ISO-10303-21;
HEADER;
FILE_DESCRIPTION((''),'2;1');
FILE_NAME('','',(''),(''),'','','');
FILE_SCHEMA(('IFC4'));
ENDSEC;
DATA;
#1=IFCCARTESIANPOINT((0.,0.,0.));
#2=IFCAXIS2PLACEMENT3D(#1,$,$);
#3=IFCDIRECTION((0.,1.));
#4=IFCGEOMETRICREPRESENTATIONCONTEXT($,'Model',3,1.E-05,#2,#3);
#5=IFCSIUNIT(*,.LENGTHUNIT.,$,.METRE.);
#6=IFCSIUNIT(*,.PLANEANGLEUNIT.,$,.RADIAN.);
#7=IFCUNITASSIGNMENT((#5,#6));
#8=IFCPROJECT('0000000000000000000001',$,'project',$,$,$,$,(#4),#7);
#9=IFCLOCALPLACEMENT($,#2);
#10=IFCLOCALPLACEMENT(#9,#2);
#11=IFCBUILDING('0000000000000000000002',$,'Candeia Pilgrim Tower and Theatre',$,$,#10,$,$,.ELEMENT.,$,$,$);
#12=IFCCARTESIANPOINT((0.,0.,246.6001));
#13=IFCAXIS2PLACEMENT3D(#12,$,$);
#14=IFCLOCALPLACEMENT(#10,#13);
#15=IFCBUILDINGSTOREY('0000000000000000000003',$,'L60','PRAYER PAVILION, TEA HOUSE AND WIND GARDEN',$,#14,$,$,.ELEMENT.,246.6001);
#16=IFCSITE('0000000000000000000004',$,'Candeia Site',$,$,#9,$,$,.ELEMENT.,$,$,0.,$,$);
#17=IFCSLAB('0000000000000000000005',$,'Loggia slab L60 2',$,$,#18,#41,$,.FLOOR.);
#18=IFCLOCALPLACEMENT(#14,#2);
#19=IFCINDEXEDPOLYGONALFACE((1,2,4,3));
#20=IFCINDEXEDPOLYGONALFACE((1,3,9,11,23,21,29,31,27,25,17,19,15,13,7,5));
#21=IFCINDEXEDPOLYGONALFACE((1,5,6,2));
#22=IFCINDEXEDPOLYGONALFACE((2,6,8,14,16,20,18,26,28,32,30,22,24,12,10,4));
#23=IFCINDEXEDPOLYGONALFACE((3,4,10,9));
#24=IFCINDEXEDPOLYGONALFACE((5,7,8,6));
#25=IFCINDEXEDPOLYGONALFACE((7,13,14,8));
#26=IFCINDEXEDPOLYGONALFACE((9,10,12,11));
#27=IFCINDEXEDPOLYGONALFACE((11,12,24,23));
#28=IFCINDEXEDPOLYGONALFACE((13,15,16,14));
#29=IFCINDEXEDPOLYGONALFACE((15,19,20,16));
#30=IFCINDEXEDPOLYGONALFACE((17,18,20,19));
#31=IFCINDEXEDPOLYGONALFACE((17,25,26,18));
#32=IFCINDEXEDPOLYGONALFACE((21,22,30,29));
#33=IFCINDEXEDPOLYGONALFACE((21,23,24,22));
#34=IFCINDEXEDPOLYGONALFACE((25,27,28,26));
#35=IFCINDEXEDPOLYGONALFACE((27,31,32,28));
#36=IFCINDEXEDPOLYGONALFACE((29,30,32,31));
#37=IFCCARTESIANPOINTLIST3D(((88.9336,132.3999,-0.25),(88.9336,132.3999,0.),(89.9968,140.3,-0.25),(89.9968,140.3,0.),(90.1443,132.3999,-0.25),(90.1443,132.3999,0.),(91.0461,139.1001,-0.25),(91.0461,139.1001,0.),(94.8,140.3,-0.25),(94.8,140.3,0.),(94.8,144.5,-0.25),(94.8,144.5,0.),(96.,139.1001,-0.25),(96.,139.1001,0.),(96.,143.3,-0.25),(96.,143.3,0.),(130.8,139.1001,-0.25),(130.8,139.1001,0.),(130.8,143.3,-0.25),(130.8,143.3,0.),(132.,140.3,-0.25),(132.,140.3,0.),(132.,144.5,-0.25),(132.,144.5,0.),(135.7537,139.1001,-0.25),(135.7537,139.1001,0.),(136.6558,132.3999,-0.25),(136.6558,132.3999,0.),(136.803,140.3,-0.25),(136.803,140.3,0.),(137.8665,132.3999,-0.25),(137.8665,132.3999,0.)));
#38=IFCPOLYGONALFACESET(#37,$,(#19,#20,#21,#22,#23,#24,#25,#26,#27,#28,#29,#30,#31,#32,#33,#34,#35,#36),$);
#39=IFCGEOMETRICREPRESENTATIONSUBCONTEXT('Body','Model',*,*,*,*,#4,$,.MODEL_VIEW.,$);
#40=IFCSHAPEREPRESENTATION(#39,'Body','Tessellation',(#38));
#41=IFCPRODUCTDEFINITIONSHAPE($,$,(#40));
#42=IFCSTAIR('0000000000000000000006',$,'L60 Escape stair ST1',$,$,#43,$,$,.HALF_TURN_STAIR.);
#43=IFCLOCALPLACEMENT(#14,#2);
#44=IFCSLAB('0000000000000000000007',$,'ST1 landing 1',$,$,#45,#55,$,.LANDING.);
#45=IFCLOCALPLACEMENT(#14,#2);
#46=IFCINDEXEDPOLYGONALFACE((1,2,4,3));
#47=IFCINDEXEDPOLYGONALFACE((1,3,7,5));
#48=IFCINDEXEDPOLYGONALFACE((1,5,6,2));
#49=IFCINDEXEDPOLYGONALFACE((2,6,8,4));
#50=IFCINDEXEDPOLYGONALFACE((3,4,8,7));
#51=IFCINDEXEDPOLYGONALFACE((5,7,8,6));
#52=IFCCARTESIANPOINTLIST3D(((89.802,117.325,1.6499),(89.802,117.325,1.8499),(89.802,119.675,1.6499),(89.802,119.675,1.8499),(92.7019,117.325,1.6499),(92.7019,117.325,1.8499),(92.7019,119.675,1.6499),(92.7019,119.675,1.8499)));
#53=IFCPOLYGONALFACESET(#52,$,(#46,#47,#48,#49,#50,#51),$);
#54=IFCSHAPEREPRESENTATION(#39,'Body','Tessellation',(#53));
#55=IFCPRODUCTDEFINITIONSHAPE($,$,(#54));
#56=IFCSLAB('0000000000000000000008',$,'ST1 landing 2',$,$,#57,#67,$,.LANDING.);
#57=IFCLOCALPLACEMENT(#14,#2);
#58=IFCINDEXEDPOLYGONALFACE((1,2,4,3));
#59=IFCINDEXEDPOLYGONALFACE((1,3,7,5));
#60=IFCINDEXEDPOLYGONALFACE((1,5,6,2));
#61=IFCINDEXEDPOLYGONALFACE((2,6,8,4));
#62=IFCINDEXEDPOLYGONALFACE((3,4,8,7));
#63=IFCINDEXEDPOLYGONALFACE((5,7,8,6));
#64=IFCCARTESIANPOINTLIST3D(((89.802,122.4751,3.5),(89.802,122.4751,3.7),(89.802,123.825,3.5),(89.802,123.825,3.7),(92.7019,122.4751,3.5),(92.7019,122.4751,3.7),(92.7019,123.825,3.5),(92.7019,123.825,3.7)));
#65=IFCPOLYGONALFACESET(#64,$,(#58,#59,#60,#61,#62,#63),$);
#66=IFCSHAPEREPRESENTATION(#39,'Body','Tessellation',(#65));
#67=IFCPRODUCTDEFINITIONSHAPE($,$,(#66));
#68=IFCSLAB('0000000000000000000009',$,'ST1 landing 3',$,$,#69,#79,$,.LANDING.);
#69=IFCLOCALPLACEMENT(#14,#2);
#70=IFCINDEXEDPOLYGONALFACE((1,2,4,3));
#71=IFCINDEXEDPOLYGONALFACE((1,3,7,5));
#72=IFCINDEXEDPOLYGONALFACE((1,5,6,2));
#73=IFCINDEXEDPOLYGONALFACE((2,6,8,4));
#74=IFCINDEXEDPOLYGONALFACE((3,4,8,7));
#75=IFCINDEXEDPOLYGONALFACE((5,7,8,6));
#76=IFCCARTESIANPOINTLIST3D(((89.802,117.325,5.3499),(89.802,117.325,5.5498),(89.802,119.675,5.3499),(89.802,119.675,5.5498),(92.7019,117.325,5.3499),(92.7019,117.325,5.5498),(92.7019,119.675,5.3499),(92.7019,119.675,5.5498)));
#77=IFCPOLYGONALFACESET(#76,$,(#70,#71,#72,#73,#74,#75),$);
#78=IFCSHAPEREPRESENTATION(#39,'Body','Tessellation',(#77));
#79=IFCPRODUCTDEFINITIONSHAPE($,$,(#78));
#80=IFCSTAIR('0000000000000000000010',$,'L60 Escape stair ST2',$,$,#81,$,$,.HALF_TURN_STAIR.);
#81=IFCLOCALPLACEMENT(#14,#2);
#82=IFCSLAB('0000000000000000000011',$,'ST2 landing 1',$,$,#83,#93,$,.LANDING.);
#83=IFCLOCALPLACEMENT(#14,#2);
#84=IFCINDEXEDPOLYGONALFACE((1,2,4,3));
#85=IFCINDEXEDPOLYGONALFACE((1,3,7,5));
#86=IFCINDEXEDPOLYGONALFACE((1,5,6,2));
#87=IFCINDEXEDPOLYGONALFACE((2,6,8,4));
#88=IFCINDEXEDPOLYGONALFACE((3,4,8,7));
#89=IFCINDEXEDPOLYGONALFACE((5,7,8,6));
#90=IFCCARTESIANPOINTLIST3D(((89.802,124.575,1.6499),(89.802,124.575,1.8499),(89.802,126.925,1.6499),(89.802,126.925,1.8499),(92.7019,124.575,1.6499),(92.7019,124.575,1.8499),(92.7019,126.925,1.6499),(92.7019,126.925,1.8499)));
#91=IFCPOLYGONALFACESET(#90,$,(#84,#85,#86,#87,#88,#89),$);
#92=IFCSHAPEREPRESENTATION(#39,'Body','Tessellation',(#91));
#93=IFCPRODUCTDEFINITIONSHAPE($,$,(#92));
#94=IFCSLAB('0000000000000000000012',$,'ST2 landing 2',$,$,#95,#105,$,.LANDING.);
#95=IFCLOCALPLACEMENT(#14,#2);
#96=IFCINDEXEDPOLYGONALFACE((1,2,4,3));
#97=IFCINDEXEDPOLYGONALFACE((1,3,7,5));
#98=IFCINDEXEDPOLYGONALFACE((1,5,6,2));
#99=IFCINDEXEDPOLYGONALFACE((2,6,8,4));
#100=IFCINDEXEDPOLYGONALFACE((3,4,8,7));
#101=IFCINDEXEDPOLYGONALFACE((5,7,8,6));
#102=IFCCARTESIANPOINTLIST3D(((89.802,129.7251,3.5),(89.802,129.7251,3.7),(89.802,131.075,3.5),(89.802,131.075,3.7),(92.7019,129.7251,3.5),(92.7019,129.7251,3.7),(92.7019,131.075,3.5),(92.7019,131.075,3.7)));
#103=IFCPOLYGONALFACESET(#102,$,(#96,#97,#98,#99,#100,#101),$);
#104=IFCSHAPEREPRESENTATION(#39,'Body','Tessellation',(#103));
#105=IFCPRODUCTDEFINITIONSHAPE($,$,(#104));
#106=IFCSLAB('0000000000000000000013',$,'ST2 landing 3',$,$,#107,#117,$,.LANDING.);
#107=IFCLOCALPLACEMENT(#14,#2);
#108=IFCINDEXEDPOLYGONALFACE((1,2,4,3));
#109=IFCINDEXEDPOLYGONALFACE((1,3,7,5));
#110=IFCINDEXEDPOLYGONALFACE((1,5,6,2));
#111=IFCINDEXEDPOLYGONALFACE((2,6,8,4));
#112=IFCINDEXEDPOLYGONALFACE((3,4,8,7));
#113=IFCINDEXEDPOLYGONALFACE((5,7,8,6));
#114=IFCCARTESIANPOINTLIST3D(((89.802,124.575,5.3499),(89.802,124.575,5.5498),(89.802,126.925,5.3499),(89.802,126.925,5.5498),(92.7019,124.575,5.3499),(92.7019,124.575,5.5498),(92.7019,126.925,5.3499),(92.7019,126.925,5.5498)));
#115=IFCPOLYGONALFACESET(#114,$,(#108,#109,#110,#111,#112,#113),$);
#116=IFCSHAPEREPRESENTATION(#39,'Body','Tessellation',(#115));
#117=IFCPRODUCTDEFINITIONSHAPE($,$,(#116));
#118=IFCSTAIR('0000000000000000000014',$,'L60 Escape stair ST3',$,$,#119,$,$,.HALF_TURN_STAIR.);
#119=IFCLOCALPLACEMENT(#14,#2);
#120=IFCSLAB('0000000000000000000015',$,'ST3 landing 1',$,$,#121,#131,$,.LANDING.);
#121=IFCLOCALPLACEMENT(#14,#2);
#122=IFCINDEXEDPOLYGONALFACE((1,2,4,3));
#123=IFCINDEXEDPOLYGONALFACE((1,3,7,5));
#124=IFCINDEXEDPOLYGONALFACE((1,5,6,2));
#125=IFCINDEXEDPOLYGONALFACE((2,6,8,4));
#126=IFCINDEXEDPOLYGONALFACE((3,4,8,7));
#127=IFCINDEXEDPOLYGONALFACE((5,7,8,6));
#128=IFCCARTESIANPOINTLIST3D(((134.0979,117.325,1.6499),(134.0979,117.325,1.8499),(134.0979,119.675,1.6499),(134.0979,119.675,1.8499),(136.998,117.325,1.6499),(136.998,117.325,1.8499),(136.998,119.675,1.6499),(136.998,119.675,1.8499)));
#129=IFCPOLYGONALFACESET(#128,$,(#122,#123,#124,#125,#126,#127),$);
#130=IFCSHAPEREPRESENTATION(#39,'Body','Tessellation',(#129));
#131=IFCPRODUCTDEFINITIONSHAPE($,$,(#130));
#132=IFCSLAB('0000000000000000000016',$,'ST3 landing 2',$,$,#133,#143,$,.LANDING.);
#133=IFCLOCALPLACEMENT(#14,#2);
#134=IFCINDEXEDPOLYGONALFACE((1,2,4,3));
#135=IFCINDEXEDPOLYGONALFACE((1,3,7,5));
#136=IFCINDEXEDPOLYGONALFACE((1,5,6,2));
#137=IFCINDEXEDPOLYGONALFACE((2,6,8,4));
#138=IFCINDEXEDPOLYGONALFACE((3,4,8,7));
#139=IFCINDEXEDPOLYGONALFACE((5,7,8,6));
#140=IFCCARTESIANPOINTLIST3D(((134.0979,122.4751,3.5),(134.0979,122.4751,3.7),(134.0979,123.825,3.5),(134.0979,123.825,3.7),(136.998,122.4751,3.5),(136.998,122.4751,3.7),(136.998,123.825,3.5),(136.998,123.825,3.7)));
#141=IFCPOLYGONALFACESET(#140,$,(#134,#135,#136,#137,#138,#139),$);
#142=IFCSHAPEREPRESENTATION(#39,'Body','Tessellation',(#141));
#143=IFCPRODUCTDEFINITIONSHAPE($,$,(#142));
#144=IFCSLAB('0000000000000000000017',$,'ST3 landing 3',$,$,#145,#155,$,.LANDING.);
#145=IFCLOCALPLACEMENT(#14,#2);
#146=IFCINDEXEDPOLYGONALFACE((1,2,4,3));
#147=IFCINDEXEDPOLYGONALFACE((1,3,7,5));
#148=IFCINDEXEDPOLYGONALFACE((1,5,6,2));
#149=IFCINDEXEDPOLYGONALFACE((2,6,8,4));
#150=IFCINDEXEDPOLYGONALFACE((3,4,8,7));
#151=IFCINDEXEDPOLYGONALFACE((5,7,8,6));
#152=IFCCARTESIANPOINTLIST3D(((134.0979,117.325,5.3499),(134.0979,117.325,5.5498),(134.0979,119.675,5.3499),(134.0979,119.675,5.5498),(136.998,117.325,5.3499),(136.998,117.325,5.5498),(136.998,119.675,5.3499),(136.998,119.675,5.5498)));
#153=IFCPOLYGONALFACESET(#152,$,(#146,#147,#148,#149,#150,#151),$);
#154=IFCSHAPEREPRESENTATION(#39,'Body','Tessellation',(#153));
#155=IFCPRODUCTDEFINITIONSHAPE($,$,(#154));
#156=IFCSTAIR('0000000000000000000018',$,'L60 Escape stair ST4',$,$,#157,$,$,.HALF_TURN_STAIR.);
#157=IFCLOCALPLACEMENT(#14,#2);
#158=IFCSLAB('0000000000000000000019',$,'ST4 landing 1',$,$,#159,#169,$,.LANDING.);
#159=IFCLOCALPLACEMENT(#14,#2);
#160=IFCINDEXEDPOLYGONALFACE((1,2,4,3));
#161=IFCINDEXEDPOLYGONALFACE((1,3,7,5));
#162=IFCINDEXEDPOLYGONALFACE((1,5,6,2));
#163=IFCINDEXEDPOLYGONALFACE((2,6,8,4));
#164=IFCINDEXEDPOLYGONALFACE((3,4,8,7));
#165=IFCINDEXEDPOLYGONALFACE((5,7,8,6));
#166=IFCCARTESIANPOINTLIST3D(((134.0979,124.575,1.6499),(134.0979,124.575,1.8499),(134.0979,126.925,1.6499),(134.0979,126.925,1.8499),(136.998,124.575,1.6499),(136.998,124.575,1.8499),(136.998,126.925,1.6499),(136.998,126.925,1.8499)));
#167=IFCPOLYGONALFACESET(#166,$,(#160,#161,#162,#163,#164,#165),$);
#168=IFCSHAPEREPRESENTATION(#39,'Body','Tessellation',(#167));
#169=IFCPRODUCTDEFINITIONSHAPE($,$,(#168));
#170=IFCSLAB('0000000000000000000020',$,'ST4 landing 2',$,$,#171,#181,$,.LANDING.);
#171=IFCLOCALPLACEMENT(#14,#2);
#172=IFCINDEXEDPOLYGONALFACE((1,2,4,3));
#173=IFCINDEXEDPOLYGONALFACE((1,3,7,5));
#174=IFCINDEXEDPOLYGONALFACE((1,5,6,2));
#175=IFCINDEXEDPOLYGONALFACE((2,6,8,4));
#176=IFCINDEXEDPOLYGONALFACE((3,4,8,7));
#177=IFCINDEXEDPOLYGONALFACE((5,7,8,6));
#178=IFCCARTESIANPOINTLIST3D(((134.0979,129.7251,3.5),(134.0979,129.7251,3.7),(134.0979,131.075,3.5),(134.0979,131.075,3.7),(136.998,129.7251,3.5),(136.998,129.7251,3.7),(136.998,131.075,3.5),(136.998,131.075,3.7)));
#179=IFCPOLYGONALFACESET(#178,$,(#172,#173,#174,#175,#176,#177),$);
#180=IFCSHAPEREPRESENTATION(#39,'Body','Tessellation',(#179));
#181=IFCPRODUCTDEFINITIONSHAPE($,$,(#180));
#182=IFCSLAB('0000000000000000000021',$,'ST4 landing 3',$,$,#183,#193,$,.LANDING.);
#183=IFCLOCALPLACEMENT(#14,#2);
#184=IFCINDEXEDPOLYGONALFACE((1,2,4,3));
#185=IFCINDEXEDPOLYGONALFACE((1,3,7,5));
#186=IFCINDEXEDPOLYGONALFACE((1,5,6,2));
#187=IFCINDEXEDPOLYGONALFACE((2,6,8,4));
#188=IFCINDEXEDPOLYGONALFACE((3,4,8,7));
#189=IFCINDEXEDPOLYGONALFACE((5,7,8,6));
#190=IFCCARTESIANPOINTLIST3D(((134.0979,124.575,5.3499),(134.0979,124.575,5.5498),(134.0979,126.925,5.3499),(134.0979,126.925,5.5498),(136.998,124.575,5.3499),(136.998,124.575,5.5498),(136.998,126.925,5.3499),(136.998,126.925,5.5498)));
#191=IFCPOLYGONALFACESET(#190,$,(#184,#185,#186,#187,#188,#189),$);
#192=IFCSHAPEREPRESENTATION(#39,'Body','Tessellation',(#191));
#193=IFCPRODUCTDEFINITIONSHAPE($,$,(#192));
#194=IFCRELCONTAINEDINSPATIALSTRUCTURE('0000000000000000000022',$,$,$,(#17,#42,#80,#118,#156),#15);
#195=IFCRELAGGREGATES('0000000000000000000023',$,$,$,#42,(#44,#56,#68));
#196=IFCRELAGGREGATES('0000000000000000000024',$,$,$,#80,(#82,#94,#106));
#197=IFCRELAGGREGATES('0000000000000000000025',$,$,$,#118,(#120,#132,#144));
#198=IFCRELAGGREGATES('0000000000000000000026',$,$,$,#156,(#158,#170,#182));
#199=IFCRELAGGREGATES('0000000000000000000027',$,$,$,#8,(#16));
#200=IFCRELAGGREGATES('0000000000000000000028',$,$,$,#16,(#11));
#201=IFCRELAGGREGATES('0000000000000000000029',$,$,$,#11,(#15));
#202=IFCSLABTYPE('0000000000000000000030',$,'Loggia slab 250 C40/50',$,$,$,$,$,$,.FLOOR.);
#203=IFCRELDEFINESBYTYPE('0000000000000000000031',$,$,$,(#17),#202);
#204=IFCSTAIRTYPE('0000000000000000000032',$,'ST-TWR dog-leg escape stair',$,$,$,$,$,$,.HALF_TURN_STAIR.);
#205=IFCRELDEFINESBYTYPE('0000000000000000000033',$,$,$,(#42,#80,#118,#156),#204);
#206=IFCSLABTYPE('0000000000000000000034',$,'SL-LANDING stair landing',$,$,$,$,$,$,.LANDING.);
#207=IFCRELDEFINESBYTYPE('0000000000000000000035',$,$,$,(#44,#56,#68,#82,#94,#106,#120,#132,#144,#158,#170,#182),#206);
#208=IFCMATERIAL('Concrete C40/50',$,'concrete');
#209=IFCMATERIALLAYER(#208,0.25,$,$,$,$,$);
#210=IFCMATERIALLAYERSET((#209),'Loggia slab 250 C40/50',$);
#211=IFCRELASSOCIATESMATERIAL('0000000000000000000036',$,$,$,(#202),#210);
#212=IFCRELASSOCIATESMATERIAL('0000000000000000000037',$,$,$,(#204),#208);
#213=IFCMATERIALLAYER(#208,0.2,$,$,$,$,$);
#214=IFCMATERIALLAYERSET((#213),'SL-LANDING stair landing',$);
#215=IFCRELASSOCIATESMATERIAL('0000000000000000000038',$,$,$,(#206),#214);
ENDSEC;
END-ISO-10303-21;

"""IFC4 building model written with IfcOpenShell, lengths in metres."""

from ifc_helpers import new_model, si_unit, direction, frame, origin, place, context, subcontext, project, spatial, polyline, outline, extrude, material, layer, layer_set, type_object, element, aggregate, save


model = new_model("IFC4")

# Units and contexts
model_context = context("Model", 3, precision=1e-05, world=origin(), true_north=direction((0.0, 1.0)))
body_context = subcontext(model_context, "Body", "Model", "MODEL_VIEW")
ifc_project = project(units=[si_unit("LENGTHUNIT", "METRE"), si_unit("PLANEANGLEUNIT", "RADIAN")], contexts=[model_context])

# Site, building, storey
site_placement = place(None, origin())
site = spatial("IfcSite", under=ifc_project, at=site_placement, Name="Candeia Site", CompositionType="ELEMENT", RefElevation=0.0)
building_placement = place(site_placement, origin())
building = spatial("IfcBuilding", under=site, at=building_placement, Name="Candeia Pilgrim Tower and Theatre", CompositionType="ELEMENT")
storey_placement = place(building_placement, frame((0.0, 0.0, 246.6001)))
storey = spatial("IfcBuildingStorey", under=building, at=storey_placement, Name="L60", Description="PRAYER PAVILION, TEA HOUSE AND WIND GARDEN", CompositionType="ELEMENT", Elevation=246.6001)

# Slab
ifc_material_1 = material(Name="Concrete C40/50", Category="concrete")
ifc_layer_1 = layer(ifc_material_1, 0.25)
ifc_layer_set_1 = layer_set([ifc_layer_1], Name="Loggia slab 250 C40/50")
slab_type_1 = type_object("IfcSlabType", Name="Loggia slab 250 C40/50", PredefinedType="FLOOR", material=ifc_layer_set_1)
slab_1_placement = place(storey_placement, frame((0.0, 0.0, -0.25)))
element("IfcSlab", 1, at=slab_1_placement, inside=storey, type_object=slab_type_1, Name="Loggia slab L60 2", PredefinedType="FLOOR", context=body_context, shape_type="SweptSolid", body=[
    extrude(outline(polyline([(136.6558, 132.3999), (135.7537, 139.1001), (130.8, 139.1001), (130.8, 143.3), (96.0, 143.3), (96.0, 139.1001), (91.0461, 139.1001), (90.1443, 132.3999), (88.9336, 132.3999), (89.9968, 140.3), (94.8, 140.3), (94.8, 144.5), (132.0, 144.5), (132.0, 140.3), (136.803, 140.3), (137.8665, 132.3999), (136.6558, 132.3999)])), origin(), (0.0, 0.0, 1.0), 0.25),
])

# Stairs, slabs
stair_type = type_object("IfcStairType", Name="ST-TWR dog-leg escape stair", PredefinedType="HALF_TURN_STAIR", material=ifc_material_1)
stair_1_placement = place(storey_placement, origin())
stair_1 = element("IfcStair", 2, at=stair_1_placement, inside=storey, type_object=stair_type, Name="L60 Escape stair ST1", PredefinedType="HALF_TURN_STAIR")
ifc_layer_2 = layer(ifc_material_1, 0.2)
ifc_layer_set_2 = layer_set([ifc_layer_2], Name="SL-LANDING stair landing")
slab_type_2 = type_object("IfcSlabType", Name="SL-LANDING stair landing", PredefinedType="LANDING", material=ifc_layer_set_2)
slab_2_placement = place(storey_placement, frame((0.0, 0.0, 1.6499)))
slab_2 = element("IfcSlab", 3, at=slab_2_placement, type_object=slab_type_2, Name="ST1 landing 1", PredefinedType="LANDING", context=body_context, shape_type="SweptSolid", body=[
    extrude(outline(polyline([(89.802, 119.675), (89.802, 117.325), (92.7019, 117.325), (92.7019, 119.675), (89.802, 119.675)])), origin(), (0.0, 0.0, 1.0), 0.2),
])
slab_3_placement = place(storey_placement, frame((0.0, 0.0, 3.5)))
slab_3 = element("IfcSlab", 4, at=slab_3_placement, type_object=slab_type_2, Name="ST1 landing 2", PredefinedType="LANDING", context=body_context, shape_type="SweptSolid", body=[
    extrude(outline(polyline([(89.802, 123.825), (89.802, 122.4751), (92.7019, 122.4751), (92.7019, 123.825), (89.802, 123.825)])), origin(), (0.0, 0.0, 1.0), 0.2),
])
slab_4_placement = place(storey_placement, frame((0.0, 0.0, 5.3499)))
slab_4 = element("IfcSlab", 5, at=slab_4_placement, type_object=slab_type_2, Name="ST1 landing 3", PredefinedType="LANDING", context=body_context, shape_type="SweptSolid", body=[
    extrude(outline(polyline([(89.802, 119.675), (89.802, 117.325), (92.7019, 117.325), (92.7019, 119.675), (89.802, 119.675)])), origin(), (0.0, 0.0, 1.0), 0.2),
])
aggregate(stair_1, [slab_2, slab_3, slab_4])
stair_2_placement = place(storey_placement, origin())
stair_2 = element("IfcStair", 6, at=stair_2_placement, inside=storey, type_object=stair_type, Name="L60 Escape stair ST2", PredefinedType="HALF_TURN_STAIR")
slab_5_placement = place(storey_placement, frame((0.0, 0.0, 1.6499)))
slab_5 = element("IfcSlab", 7, at=slab_5_placement, type_object=slab_type_2, Name="ST2 landing 1", PredefinedType="LANDING", context=body_context, shape_type="SweptSolid", body=[
    extrude(outline(polyline([(89.802, 126.925), (89.802, 124.575), (92.7019, 124.575), (92.7019, 126.925), (89.802, 126.925)])), origin(), (0.0, 0.0, 1.0), 0.2),
])
slab_6_placement = place(storey_placement, frame((0.0, 0.0, 3.5)))
slab_6 = element("IfcSlab", 8, at=slab_6_placement, type_object=slab_type_2, Name="ST2 landing 2", PredefinedType="LANDING", context=body_context, shape_type="SweptSolid", body=[
    extrude(outline(polyline([(89.802, 131.075), (89.802, 129.7251), (92.7019, 129.7251), (92.7019, 131.075), (89.802, 131.075)])), origin(), (0.0, 0.0, 1.0), 0.2),
])
slab_7_placement = place(storey_placement, frame((0.0, 0.0, 5.3499)))
slab_7 = element("IfcSlab", 9, at=slab_7_placement, type_object=slab_type_2, Name="ST2 landing 3", PredefinedType="LANDING", context=body_context, shape_type="SweptSolid", body=[
    extrude(outline(polyline([(89.802, 126.925), (89.802, 124.575), (92.7019, 124.575), (92.7019, 126.925), (89.802, 126.925)])), origin(), (0.0, 0.0, 1.0), 0.2),
])
aggregate(stair_2, [slab_5, slab_6, slab_7])
stair_3_placement = place(storey_placement, origin())
stair_3 = element("IfcStair", 10, at=stair_3_placement, inside=storey, type_object=stair_type, Name="L60 Escape stair ST3", PredefinedType="HALF_TURN_STAIR")
slab_8_placement = place(storey_placement, frame((0.0, 0.0, 1.6499)))
slab_8 = element("IfcSlab", 11, at=slab_8_placement, type_object=slab_type_2, Name="ST3 landing 1", PredefinedType="LANDING", context=body_context, shape_type="SweptSolid", body=[
    extrude(outline(polyline([(134.0979, 119.675), (134.0979, 117.325), (136.998, 117.325), (136.998, 119.675), (134.0979, 119.675)])), origin(), (0.0, 0.0, 1.0), 0.2),
])
slab_9_placement = place(storey_placement, frame((0.0, 0.0, 3.5)))
slab_9 = element("IfcSlab", 12, at=slab_9_placement, type_object=slab_type_2, Name="ST3 landing 2", PredefinedType="LANDING", context=body_context, shape_type="SweptSolid", body=[
    extrude(outline(polyline([(134.0979, 123.825), (134.0979, 122.4751), (136.998, 122.4751), (136.998, 123.825), (134.0979, 123.825)])), origin(), (0.0, 0.0, 1.0), 0.2),
])
slab_10_placement = place(storey_placement, frame((0.0, 0.0, 5.3499)))
slab_10 = element("IfcSlab", 13, at=slab_10_placement, type_object=slab_type_2, Name="ST3 landing 3", PredefinedType="LANDING", context=body_context, shape_type="SweptSolid", body=[
    extrude(outline(polyline([(134.0979, 119.675), (134.0979, 117.325), (136.998, 117.325), (136.998, 119.675), (134.0979, 119.675)])), origin(), (0.0, 0.0, 1.0), 0.2),
])
aggregate(stair_3, [slab_8, slab_9, slab_10])
stair_4_placement = place(storey_placement, origin())
stair_4 = element("IfcStair", 14, at=stair_4_placement, inside=storey, type_object=stair_type, Name="L60 Escape stair ST4", PredefinedType="HALF_TURN_STAIR")
slab_11_placement = place(storey_placement, frame((0.0, 0.0, 1.6499)))
slab_11 = element("IfcSlab", 15, at=slab_11_placement, type_object=slab_type_2, Name="ST4 landing 1", PredefinedType="LANDING", context=body_context, shape_type="SweptSolid", body=[
    extrude(outline(polyline([(134.0979, 126.925), (134.0979, 124.575), (136.998, 124.575), (136.998, 126.925), (134.0979, 126.925)])), origin(), (0.0, 0.0, 1.0), 0.2),
])
slab_12_placement = place(storey_placement, frame((0.0, 0.0, 3.5)))
slab_12 = element("IfcSlab", 16, at=slab_12_placement, type_object=slab_type_2, Name="ST4 landing 2", PredefinedType="LANDING", context=body_context, shape_type="SweptSolid", body=[
    extrude(outline(polyline([(134.0979, 131.075), (134.0979, 129.7251), (136.998, 129.7251), (136.998, 131.075), (134.0979, 131.075)])), origin(), (0.0, 0.0, 1.0), 0.2),
])
slab_13_placement = place(storey_placement, frame((0.0, 0.0, 5.3499)))
slab_13 = element("IfcSlab", 17, at=slab_13_placement, type_object=slab_type_2, Name="ST4 landing 3", PredefinedType="LANDING", context=body_context, shape_type="SweptSolid", body=[
    extrude(outline(polyline([(134.0979, 126.925), (134.0979, 124.575), (136.998, 124.575), (136.998, 126.925), (134.0979, 126.925)])), origin(), (0.0, 0.0, 1.0), 0.2),
])
aggregate(stair_4, [slab_11, slab_12, slab_13])

save(model, "model.ifc")
